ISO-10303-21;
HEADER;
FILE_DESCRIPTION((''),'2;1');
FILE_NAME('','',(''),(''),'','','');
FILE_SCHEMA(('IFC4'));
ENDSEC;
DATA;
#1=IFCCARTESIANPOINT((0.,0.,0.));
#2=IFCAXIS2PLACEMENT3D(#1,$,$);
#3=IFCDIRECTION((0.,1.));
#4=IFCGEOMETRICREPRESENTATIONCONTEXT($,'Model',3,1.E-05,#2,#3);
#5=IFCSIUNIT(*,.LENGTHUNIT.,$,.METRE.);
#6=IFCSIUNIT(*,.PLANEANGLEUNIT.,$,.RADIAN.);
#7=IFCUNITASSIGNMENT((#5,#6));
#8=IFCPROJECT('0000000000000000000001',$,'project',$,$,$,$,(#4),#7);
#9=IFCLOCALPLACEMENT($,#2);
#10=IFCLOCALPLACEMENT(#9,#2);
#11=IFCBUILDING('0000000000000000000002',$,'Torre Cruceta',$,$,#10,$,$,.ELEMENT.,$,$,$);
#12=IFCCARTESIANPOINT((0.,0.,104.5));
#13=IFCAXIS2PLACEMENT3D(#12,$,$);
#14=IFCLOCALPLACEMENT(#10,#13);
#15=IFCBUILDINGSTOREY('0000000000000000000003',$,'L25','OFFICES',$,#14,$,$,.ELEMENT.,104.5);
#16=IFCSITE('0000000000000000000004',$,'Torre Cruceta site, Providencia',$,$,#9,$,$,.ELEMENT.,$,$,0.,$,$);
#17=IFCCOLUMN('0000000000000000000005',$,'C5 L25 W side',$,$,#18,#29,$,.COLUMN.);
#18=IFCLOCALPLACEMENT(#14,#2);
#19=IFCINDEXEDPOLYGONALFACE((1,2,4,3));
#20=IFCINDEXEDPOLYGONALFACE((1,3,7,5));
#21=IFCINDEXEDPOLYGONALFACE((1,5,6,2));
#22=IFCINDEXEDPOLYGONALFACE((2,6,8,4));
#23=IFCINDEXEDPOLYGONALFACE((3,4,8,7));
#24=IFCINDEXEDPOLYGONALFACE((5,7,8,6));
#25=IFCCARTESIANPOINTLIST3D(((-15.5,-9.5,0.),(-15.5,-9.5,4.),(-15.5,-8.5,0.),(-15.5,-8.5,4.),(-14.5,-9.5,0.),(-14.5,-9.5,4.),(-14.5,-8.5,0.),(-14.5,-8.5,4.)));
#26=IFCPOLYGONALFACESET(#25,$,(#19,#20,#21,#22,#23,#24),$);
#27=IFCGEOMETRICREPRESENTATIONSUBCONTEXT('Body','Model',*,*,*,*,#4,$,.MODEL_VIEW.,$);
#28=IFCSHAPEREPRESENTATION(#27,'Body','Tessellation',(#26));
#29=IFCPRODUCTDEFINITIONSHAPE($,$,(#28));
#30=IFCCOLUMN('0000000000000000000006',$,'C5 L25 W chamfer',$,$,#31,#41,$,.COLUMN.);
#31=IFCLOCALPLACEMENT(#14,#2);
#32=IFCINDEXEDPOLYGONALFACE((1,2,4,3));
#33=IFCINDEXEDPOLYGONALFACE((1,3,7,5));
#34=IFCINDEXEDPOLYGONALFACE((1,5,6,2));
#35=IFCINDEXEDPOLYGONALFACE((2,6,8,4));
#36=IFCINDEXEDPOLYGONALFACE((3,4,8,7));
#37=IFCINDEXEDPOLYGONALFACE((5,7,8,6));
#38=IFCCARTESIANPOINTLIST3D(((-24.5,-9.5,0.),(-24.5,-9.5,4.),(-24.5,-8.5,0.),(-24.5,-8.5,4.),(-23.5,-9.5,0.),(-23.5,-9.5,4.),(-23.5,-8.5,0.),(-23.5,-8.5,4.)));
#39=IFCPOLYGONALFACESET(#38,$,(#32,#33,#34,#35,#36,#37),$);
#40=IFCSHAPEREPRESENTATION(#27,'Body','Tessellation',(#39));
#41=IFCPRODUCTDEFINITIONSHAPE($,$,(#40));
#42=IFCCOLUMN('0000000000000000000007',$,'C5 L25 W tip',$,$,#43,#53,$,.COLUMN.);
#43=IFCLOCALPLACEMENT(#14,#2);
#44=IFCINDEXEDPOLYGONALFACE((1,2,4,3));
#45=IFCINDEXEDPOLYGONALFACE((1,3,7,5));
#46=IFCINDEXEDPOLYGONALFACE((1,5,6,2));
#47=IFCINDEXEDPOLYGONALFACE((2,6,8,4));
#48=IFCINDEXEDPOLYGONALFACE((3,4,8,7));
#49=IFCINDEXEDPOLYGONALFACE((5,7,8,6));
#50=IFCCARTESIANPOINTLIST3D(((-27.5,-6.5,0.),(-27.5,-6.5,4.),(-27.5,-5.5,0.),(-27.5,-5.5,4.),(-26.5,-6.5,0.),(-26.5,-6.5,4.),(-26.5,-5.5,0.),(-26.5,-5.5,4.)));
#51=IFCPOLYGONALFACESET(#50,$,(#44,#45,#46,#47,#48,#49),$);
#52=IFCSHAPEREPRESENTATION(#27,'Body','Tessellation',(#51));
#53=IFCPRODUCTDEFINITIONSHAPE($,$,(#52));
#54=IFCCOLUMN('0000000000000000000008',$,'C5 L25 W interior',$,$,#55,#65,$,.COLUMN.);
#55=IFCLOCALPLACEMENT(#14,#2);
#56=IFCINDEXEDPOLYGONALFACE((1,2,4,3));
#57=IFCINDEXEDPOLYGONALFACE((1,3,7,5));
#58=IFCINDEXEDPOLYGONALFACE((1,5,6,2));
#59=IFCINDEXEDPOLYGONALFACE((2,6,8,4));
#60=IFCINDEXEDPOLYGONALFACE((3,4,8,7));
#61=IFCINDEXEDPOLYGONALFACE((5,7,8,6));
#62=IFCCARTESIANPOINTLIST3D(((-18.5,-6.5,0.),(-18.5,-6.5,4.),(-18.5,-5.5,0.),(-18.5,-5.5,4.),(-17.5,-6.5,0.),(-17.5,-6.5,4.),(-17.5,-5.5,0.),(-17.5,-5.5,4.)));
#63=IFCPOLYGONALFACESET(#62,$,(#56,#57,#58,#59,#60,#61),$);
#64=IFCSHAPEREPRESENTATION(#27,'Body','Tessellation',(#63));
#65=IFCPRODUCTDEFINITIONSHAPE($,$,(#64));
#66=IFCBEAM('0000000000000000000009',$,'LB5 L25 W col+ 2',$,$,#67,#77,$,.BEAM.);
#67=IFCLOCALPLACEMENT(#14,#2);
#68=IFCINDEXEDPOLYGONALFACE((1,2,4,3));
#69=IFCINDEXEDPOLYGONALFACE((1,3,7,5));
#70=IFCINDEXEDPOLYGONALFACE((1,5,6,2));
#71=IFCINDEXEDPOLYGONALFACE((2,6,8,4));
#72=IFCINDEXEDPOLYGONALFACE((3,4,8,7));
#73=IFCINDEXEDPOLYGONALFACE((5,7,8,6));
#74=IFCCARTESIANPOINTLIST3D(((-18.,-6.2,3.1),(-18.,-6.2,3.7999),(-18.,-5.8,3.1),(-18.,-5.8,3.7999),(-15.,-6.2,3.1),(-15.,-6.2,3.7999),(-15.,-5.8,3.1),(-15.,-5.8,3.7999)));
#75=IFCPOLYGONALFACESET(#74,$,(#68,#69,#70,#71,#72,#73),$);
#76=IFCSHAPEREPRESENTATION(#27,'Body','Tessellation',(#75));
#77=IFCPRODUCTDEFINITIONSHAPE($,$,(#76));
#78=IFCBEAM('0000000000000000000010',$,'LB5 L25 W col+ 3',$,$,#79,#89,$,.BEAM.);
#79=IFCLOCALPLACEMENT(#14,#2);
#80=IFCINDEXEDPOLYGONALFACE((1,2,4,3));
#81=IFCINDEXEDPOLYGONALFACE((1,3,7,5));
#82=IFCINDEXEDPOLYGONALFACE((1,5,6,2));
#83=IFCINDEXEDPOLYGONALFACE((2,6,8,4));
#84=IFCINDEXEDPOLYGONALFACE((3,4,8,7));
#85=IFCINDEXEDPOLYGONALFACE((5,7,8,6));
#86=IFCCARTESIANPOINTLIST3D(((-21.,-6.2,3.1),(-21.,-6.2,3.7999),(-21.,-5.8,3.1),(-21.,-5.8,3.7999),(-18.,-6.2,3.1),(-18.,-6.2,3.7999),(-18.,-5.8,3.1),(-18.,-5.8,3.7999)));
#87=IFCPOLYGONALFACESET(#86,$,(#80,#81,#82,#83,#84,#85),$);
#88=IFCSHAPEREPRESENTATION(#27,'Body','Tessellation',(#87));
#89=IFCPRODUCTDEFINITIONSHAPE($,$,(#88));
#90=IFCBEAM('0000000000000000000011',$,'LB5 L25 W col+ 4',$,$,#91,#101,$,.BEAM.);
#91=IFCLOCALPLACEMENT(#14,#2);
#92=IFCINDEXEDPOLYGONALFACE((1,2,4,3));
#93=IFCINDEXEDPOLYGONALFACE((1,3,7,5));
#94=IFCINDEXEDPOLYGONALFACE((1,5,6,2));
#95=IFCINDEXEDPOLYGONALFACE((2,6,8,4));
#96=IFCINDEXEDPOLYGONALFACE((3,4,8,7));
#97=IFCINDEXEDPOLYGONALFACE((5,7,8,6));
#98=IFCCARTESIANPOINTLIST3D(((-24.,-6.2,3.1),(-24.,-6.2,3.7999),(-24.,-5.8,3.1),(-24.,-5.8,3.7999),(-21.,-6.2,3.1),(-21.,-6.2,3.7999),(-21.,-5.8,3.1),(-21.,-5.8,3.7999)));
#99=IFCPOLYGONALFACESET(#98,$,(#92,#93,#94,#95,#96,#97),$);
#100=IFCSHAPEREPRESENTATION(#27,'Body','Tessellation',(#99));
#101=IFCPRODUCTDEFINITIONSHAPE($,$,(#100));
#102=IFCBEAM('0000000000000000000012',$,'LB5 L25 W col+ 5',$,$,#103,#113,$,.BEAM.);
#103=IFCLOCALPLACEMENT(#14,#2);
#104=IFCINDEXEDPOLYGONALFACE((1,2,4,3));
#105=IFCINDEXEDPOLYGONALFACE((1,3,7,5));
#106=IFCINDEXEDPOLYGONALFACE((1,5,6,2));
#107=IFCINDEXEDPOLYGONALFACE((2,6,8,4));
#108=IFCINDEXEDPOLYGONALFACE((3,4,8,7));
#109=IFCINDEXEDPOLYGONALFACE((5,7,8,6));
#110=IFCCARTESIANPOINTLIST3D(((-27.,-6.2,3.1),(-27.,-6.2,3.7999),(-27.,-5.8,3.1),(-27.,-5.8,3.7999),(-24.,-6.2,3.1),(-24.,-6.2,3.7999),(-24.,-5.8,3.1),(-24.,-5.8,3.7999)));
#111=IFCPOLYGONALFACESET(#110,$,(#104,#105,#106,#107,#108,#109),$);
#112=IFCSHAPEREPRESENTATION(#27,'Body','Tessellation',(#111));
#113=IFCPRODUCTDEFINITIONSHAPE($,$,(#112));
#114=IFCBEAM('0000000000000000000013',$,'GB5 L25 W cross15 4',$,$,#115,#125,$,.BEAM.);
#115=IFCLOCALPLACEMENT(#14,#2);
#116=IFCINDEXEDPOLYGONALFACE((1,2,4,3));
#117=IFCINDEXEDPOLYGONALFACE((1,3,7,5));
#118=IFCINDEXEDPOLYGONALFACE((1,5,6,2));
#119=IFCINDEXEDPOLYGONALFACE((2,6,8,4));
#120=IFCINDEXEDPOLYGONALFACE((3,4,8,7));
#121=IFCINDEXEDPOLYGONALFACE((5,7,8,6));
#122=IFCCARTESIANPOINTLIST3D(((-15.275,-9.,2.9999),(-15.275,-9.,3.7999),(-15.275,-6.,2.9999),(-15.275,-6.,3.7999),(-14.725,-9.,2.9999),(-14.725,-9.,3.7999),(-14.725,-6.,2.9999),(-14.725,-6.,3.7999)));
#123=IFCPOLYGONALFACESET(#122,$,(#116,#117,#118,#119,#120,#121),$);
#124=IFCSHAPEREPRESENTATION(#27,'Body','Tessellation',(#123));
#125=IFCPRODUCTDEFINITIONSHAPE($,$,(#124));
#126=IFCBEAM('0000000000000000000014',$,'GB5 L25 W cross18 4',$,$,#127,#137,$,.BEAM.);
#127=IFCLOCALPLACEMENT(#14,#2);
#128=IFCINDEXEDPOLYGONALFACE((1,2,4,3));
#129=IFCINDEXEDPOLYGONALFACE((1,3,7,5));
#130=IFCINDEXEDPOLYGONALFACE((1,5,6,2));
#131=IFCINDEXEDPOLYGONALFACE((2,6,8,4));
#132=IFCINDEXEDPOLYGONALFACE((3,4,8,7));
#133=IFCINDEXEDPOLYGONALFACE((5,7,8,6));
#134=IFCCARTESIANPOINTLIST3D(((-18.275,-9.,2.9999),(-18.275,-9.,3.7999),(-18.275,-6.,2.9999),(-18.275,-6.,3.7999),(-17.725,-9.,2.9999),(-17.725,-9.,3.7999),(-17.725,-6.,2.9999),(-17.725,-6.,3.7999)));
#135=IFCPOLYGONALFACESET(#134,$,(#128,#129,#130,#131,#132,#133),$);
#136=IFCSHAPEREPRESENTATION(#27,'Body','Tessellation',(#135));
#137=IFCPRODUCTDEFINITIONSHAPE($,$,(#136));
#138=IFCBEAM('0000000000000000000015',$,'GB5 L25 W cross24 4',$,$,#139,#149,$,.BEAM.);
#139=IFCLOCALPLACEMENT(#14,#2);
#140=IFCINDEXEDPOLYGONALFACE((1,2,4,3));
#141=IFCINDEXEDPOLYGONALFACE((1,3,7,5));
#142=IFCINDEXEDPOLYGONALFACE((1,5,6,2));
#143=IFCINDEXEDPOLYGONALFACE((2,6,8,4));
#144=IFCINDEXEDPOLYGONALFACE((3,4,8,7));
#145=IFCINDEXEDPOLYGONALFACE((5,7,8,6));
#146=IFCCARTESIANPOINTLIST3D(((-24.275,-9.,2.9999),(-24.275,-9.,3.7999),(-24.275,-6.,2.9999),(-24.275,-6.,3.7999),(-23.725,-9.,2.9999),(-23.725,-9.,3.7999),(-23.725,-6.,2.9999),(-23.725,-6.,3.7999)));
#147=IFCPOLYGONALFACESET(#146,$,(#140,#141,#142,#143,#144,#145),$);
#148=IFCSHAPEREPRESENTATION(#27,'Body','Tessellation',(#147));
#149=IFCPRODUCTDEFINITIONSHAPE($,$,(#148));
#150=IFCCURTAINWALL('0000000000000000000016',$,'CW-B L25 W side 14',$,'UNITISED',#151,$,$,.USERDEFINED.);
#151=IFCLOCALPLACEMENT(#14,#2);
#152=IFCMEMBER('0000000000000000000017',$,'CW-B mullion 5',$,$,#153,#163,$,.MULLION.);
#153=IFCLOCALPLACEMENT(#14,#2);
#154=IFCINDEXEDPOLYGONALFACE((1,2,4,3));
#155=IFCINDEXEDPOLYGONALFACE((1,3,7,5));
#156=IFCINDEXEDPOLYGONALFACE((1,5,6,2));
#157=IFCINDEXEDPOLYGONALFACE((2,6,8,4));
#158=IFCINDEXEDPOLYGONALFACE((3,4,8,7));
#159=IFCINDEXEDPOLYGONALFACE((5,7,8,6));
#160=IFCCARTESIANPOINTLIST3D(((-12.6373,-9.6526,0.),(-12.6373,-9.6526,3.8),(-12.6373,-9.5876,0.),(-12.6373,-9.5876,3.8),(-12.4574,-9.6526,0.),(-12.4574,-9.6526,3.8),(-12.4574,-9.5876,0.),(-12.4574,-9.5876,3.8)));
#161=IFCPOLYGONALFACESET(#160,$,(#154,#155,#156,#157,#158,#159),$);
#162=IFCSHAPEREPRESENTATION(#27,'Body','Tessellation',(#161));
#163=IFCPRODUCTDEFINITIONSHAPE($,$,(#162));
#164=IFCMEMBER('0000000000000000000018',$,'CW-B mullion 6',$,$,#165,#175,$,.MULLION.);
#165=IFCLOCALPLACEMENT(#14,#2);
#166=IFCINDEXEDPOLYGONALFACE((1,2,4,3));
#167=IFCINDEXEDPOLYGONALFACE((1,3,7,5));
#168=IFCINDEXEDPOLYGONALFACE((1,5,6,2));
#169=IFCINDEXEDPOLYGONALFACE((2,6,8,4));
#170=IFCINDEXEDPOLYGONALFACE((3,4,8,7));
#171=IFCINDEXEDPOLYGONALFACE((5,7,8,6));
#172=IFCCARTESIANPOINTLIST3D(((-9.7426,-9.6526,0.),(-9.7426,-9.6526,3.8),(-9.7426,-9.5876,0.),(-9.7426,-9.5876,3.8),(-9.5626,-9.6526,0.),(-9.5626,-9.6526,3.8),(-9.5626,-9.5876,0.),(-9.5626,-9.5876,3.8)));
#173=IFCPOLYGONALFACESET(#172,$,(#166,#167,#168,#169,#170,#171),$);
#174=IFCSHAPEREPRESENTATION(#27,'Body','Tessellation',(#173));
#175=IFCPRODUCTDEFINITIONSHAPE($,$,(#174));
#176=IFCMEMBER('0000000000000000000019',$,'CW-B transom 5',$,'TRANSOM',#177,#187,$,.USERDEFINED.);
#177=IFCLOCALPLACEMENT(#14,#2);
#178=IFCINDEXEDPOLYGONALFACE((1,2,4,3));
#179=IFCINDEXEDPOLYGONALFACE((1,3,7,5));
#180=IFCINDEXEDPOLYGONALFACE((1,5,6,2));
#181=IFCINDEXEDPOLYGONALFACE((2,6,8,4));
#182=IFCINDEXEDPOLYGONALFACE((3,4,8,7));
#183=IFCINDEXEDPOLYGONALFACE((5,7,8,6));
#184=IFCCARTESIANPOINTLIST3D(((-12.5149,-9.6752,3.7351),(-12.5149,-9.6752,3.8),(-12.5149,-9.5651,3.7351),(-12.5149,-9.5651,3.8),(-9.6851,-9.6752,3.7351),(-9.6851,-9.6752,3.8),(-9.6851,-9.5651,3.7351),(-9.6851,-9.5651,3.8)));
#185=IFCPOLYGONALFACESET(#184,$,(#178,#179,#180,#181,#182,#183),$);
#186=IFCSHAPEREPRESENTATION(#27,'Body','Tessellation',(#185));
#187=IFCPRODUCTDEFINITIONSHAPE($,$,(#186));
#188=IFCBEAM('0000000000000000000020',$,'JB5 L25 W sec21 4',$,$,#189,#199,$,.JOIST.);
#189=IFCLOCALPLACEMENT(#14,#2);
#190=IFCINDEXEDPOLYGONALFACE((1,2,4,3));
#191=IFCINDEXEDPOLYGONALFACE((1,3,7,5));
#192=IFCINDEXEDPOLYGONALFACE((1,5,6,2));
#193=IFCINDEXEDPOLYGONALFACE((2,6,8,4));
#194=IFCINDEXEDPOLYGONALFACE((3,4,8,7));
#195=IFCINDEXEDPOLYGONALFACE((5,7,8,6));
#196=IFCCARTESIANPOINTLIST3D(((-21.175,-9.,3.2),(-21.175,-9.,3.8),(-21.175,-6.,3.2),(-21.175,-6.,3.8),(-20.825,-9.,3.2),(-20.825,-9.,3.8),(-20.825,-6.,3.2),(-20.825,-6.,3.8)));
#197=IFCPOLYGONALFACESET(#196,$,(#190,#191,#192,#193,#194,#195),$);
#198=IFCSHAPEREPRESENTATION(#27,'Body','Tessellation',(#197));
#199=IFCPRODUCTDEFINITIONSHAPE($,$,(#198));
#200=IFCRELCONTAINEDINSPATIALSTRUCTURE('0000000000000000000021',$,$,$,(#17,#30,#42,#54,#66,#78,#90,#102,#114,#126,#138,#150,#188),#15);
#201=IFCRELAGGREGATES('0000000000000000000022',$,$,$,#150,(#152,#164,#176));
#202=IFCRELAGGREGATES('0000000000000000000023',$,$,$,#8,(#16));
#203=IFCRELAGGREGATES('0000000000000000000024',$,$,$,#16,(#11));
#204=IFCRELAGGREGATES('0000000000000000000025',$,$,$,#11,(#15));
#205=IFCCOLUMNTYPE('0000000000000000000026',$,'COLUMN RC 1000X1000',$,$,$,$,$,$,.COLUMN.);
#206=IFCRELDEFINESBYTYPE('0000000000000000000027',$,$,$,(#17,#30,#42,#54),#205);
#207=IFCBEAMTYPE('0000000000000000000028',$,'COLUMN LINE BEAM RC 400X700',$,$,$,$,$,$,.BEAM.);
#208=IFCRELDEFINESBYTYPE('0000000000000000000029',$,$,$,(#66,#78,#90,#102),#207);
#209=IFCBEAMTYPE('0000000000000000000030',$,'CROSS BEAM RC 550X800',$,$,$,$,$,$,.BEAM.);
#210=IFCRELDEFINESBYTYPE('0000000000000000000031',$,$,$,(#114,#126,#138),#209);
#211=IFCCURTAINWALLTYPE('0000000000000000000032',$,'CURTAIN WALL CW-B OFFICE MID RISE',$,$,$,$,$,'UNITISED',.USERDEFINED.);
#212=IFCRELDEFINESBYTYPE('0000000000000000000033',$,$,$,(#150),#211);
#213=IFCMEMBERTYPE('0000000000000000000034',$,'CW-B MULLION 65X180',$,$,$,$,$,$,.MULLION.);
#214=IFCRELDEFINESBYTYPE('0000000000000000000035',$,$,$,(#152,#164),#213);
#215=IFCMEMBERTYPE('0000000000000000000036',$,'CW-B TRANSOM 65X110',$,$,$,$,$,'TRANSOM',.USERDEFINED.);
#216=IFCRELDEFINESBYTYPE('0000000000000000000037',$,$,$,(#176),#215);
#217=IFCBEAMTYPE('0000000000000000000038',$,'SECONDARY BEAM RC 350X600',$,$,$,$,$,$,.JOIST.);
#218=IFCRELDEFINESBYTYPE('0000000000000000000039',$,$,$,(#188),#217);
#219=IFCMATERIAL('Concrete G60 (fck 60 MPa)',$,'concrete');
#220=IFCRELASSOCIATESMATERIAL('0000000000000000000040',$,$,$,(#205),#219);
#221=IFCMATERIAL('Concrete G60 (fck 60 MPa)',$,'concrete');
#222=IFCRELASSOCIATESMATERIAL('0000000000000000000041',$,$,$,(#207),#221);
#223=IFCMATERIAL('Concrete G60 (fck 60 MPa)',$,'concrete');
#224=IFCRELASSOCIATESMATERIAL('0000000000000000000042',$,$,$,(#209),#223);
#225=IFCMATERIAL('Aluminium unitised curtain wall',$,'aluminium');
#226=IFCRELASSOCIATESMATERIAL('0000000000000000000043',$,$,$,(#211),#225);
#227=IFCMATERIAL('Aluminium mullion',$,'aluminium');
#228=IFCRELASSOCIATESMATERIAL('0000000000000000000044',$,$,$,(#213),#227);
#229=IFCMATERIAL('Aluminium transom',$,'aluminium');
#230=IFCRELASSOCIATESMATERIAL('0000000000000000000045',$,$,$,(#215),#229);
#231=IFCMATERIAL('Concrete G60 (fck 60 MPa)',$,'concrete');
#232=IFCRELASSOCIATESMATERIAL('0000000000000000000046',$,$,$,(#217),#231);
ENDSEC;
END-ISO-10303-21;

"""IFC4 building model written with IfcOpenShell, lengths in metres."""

from ifc_helpers import new_model, si_unit, direction, frame, origin, origin_2d, place, context, subcontext, project, spatial, rectangle, extrude, material, material_profile, profile_set, type_object, element, aggregate, save


model = new_model("IFC4")

# Units and contexts
model_context = context("Model", 3, precision=1e-05, world=origin(), true_north=direction((0.0, 1.0)))
body_context = subcontext(model_context, "Body", "Model", "MODEL_VIEW")
ifc_project = project(units=[si_unit("LENGTHUNIT", "METRE"), si_unit("PLANEANGLEUNIT", "RADIAN")], contexts=[model_context])

# Site, building, storey
site_placement = place(None, origin())
site = spatial("IfcSite", under=ifc_project, at=site_placement, Name="Torre Cruceta site, Providencia", CompositionType="ELEMENT", RefElevation=0.0)
building_placement = place(site_placement, origin())
building = spatial("IfcBuilding", under=site, at=building_placement, Name="Torre Cruceta", CompositionType="ELEMENT")
storey_placement = place(building_placement, frame((0.0, 0.0, 104.5)))
storey = spatial("IfcBuildingStorey", under=building, at=storey_placement, Name="L25", Description="OFFICES", CompositionType="ELEMENT", Elevation=104.5)

# Columns
ifc_material_1 = material(Name="Concrete G60 (fck 60 MPa)", Category="concrete")
ifc_material_profile_1 = material_profile(ifc_material_1, rectangle(XDim=1.0, YDim=1.0, at=origin_2d()), Name="RC 1000X1000")
ifc_profile_set_1 = profile_set([ifc_material_profile_1], Name="Concrete G60 (fck 60 MPa)")
column_type = type_object("IfcColumnType", Name="COLUMN RC 1000X1000", PredefinedType="COLUMN", material=ifc_profile_set_1)
for number, where, z_axis, x_axis, name in (
    (1, (-15.0, -9.0, 0.0), (0.0, 0.0, 1.0), (1.0, 0.0, 0.0), "C5 L25 W side"),
    (2, (-24.0, -9.0, 0.0), (0.0, 0.0, 1.0), (1.0, 0.0, 0.0), "C5 L25 W chamfer"),
    (3, (-27.0, -6.0, 0.0), (0.0, 0.0, 1.0), (1.0, 0.0, 0.0), "C5 L25 W tip"),
    (4, (-18.0, -6.0, 0.0), (0.0, 0.0, 1.0), (1.0, 0.0, 0.0), "C5 L25 W interior"),
):
    element("IfcColumn", number, at=place(storey_placement, frame(where, z_axis=z_axis, x_axis=x_axis)), inside=storey, type_object=column_type, Name=name, PredefinedType="COLUMN", context=body_context, shape_type="SweptSolid", body=[
        extrude(rectangle(XDim=1.0, YDim=1.0, at=origin_2d()), origin(), (0.0, 0.0, 1.0), 4.0),
    ])

# Beams
ifc_material_2 = material(Name="Concrete G60 (fck 60 MPa)", Category="concrete")
ifc_material_profile_2 = material_profile(ifc_material_2, rectangle(XDim=0.3999, YDim=0.7, at=origin_2d()), Name="RC 400X700")
ifc_profile_set_2 = profile_set([ifc_material_profile_2], Name="Concrete G60 (fck 60 MPa)")
beam_type_1 = type_object("IfcBeamType", Name="COLUMN LINE BEAM RC 400X700", PredefinedType="BEAM", material=ifc_profile_set_2)
for number, where, z_axis, x_axis, name in (
    (5, (-15.0, -6.0, 3.45), (-1.0, 0.0, 0.0), (0.0, -1.0, 0.0), "LB5 L25 W col+ 2"),
    (6, (-18.0, -6.0, 3.45), (-1.0, 0.0, 0.0), (0.0, -1.0, 0.0), "LB5 L25 W col+ 3"),
    (7, (-21.0, -6.0, 3.45), (-1.0, 0.0, 0.0), (0.0, -1.0, 0.0), "LB5 L25 W col+ 4"),
    (8, (-24.0, -6.0, 3.45), (-1.0, 0.0, 0.0), (0.0, -1.0, 0.0), "LB5 L25 W col+ 5"),
):
    element("IfcBeam", number, at=place(storey_placement, frame(where, z_axis=z_axis, x_axis=x_axis)), inside=storey, type_object=beam_type_1, Name=name, PredefinedType="BEAM", context=body_context, shape_type="SweptSolid", body=[
        extrude(rectangle(XDim=0.3999, YDim=0.7, at=origin_2d()), origin(), (0.0, 0.0, 1.0), 3.0),
    ])
ifc_material_3 = material(Name="Concrete G60 (fck 60 MPa)", Category="concrete")
ifc_material_profile_3 = material_profile(ifc_material_3, rectangle(XDim=0.55, YDim=0.8, at=origin_2d()), Name="RC 550X800")
ifc_profile_set_3 = profile_set([ifc_material_profile_3], Name="Concrete G60 (fck 60 MPa)")
beam_type_2 = type_object("IfcBeamType", Name="CROSS BEAM RC 550X800", PredefinedType="BEAM", material=ifc_profile_set_3)
for number, where, z_axis, x_axis, name in (
    (9, (-15.0, -6.0, 3.3999), (0.0, -1.0, 0.0), (1.0, 0.0, 0.0), "GB5 L25 W cross15 4"),
    (10, (-18.0, -6.0, 3.3999), (0.0, -1.0, 0.0), (1.0, 0.0, 0.0), "GB5 L25 W cross18 4"),
    (11, (-24.0, -6.0, 3.3999), (0.0, -1.0, 0.0), (1.0, 0.0, 0.0), "GB5 L25 W cross24 4"),
):
    element("IfcBeam", number, at=place(storey_placement, frame(where, z_axis=z_axis, x_axis=x_axis)), inside=storey, type_object=beam_type_2, Name=name, PredefinedType="BEAM", context=body_context, shape_type="SweptSolid", body=[
        extrude(rectangle(XDim=0.55, YDim=0.8, at=origin_2d()), origin(), (0.0, 0.0, 1.0), 3.0),
    ])

# Curtain wall, members
ifc_material_4 = material(Name="Aluminium unitised curtain wall", Category="aluminium")
curtain_wall_type = type_object("IfcCurtainWallType", Name="CURTAIN WALL CW-B OFFICE MID RISE", ElementType="UNITISED", PredefinedType="USERDEFINED", material=ifc_material_4)
curtain_wall_placement = place(storey_placement, origin())
curtain_wall = element("IfcCurtainWall", 12, at=curtain_wall_placement, inside=storey, type_object=curtain_wall_type, Name="CW-B L25 W side 14", ObjectType="UNITISED", PredefinedType="USERDEFINED")
ifc_material_5 = material(Name="Aluminium mullion", Category="aluminium")
ifc_material_profile_4 = material_profile(ifc_material_5, rectangle(XDim=0.0649, YDim=0.1799, at=origin_2d()), Name="AL 65X180")
ifc_profile_set_4 = profile_set([ifc_material_profile_4], Name="Aluminium mullion")
member_type_1 = type_object("IfcMemberType", Name="CW-B MULLION 65X180", PredefinedType="MULLION", material=ifc_profile_set_4)
member_1_placement = place(storey_placement, frame((-12.5474, -9.6201, 0.0), z_axis=(0.0, 0.0, 1.0), x_axis=(0.0, 1.0, 0.0)))
member_1 = element("IfcMember", 13, at=member_1_placement, type_object=member_type_1, Name="CW-B mullion 5", PredefinedType="MULLION", context=body_context, shape_type="SweptSolid", body=[
    extrude(rectangle(XDim=0.0649, YDim=0.1799, at=origin_2d()), origin(), (0.0, 0.0, 1.0), 3.8),
])
member_2_placement = place(storey_placement, frame((-9.6526, -9.6201, 0.0), z_axis=(0.0, 0.0, 1.0), x_axis=(0.0, 1.0, 0.0)))
member_2 = element("IfcMember", 14, at=member_2_placement, type_object=member_type_1, Name="CW-B mullion 6", PredefinedType="MULLION", context=body_context, shape_type="SweptSolid", body=[
    extrude(rectangle(XDim=0.0649, YDim=0.1799, at=origin_2d()), origin(), (0.0, 0.0, 1.0), 3.8),
])
ifc_material_6 = material(Name="Aluminium transom", Category="aluminium")
ifc_material_profile_5 = material_profile(ifc_material_6, rectangle(XDim=0.1101, YDim=0.0649, at=origin_2d()), Name="AL 110X65")
ifc_profile_set_5 = profile_set([ifc_material_profile_5], Name="Aluminium transom")
member_type_2 = type_object("IfcMemberType", Name="CW-B TRANSOM 65X110", ElementType="TRANSOM", PredefinedType="USERDEFINED", material=ifc_profile_set_5)
member_3_placement = place(storey_placement, frame((-12.5149, -9.6201, 3.7676), z_axis=(1.0, 0.0, 0.0), x_axis=(0.0, 1.0, 0.0)))
member_3 = element("IfcMember", 15, at=member_3_placement, type_object=member_type_2, Name="CW-B transom 5", ObjectType="TRANSOM", PredefinedType="USERDEFINED", context=body_context, shape_type="SweptSolid", body=[
    extrude(rectangle(XDim=0.1101, YDim=0.0649, at=origin_2d()), origin(), (0.0, 0.0, 1.0), 2.8298),
])

# Beam
ifc_material_7 = material(Name="Concrete G60 (fck 60 MPa)", Category="concrete")
ifc_material_profile_6 = material_profile(ifc_material_7, rectangle(XDim=0.3501, YDim=0.6001, at=origin_2d()), Name="RC 350X600")
ifc_profile_set_6 = profile_set([ifc_material_profile_6], Name="Concrete G60 (fck 60 MPa)")
beam_type_3 = type_object("IfcBeamType", Name="SECONDARY BEAM RC 350X600", PredefinedType="JOIST", material=ifc_profile_set_6)
beam_1_placement = place(storey_placement, frame((-21.0, -6.0, 3.5), z_axis=(0.0, -1.0, 0.0), x_axis=(1.0, 0.0, 0.0)))
element("IfcBeam", 16, at=beam_1_placement, inside=storey, type_object=beam_type_3, Name="JB5 L25 W sec21 4", PredefinedType="JOIST", context=body_context, shape_type="SweptSolid", body=[
    extrude(rectangle(XDim=0.3501, YDim=0.6001, at=origin_2d()), origin(), (0.0, 0.0, 1.0), 3.0),
])

aggregate(curtain_wall, [member_1, member_2, member_3])

save(model, "model.ifc")
